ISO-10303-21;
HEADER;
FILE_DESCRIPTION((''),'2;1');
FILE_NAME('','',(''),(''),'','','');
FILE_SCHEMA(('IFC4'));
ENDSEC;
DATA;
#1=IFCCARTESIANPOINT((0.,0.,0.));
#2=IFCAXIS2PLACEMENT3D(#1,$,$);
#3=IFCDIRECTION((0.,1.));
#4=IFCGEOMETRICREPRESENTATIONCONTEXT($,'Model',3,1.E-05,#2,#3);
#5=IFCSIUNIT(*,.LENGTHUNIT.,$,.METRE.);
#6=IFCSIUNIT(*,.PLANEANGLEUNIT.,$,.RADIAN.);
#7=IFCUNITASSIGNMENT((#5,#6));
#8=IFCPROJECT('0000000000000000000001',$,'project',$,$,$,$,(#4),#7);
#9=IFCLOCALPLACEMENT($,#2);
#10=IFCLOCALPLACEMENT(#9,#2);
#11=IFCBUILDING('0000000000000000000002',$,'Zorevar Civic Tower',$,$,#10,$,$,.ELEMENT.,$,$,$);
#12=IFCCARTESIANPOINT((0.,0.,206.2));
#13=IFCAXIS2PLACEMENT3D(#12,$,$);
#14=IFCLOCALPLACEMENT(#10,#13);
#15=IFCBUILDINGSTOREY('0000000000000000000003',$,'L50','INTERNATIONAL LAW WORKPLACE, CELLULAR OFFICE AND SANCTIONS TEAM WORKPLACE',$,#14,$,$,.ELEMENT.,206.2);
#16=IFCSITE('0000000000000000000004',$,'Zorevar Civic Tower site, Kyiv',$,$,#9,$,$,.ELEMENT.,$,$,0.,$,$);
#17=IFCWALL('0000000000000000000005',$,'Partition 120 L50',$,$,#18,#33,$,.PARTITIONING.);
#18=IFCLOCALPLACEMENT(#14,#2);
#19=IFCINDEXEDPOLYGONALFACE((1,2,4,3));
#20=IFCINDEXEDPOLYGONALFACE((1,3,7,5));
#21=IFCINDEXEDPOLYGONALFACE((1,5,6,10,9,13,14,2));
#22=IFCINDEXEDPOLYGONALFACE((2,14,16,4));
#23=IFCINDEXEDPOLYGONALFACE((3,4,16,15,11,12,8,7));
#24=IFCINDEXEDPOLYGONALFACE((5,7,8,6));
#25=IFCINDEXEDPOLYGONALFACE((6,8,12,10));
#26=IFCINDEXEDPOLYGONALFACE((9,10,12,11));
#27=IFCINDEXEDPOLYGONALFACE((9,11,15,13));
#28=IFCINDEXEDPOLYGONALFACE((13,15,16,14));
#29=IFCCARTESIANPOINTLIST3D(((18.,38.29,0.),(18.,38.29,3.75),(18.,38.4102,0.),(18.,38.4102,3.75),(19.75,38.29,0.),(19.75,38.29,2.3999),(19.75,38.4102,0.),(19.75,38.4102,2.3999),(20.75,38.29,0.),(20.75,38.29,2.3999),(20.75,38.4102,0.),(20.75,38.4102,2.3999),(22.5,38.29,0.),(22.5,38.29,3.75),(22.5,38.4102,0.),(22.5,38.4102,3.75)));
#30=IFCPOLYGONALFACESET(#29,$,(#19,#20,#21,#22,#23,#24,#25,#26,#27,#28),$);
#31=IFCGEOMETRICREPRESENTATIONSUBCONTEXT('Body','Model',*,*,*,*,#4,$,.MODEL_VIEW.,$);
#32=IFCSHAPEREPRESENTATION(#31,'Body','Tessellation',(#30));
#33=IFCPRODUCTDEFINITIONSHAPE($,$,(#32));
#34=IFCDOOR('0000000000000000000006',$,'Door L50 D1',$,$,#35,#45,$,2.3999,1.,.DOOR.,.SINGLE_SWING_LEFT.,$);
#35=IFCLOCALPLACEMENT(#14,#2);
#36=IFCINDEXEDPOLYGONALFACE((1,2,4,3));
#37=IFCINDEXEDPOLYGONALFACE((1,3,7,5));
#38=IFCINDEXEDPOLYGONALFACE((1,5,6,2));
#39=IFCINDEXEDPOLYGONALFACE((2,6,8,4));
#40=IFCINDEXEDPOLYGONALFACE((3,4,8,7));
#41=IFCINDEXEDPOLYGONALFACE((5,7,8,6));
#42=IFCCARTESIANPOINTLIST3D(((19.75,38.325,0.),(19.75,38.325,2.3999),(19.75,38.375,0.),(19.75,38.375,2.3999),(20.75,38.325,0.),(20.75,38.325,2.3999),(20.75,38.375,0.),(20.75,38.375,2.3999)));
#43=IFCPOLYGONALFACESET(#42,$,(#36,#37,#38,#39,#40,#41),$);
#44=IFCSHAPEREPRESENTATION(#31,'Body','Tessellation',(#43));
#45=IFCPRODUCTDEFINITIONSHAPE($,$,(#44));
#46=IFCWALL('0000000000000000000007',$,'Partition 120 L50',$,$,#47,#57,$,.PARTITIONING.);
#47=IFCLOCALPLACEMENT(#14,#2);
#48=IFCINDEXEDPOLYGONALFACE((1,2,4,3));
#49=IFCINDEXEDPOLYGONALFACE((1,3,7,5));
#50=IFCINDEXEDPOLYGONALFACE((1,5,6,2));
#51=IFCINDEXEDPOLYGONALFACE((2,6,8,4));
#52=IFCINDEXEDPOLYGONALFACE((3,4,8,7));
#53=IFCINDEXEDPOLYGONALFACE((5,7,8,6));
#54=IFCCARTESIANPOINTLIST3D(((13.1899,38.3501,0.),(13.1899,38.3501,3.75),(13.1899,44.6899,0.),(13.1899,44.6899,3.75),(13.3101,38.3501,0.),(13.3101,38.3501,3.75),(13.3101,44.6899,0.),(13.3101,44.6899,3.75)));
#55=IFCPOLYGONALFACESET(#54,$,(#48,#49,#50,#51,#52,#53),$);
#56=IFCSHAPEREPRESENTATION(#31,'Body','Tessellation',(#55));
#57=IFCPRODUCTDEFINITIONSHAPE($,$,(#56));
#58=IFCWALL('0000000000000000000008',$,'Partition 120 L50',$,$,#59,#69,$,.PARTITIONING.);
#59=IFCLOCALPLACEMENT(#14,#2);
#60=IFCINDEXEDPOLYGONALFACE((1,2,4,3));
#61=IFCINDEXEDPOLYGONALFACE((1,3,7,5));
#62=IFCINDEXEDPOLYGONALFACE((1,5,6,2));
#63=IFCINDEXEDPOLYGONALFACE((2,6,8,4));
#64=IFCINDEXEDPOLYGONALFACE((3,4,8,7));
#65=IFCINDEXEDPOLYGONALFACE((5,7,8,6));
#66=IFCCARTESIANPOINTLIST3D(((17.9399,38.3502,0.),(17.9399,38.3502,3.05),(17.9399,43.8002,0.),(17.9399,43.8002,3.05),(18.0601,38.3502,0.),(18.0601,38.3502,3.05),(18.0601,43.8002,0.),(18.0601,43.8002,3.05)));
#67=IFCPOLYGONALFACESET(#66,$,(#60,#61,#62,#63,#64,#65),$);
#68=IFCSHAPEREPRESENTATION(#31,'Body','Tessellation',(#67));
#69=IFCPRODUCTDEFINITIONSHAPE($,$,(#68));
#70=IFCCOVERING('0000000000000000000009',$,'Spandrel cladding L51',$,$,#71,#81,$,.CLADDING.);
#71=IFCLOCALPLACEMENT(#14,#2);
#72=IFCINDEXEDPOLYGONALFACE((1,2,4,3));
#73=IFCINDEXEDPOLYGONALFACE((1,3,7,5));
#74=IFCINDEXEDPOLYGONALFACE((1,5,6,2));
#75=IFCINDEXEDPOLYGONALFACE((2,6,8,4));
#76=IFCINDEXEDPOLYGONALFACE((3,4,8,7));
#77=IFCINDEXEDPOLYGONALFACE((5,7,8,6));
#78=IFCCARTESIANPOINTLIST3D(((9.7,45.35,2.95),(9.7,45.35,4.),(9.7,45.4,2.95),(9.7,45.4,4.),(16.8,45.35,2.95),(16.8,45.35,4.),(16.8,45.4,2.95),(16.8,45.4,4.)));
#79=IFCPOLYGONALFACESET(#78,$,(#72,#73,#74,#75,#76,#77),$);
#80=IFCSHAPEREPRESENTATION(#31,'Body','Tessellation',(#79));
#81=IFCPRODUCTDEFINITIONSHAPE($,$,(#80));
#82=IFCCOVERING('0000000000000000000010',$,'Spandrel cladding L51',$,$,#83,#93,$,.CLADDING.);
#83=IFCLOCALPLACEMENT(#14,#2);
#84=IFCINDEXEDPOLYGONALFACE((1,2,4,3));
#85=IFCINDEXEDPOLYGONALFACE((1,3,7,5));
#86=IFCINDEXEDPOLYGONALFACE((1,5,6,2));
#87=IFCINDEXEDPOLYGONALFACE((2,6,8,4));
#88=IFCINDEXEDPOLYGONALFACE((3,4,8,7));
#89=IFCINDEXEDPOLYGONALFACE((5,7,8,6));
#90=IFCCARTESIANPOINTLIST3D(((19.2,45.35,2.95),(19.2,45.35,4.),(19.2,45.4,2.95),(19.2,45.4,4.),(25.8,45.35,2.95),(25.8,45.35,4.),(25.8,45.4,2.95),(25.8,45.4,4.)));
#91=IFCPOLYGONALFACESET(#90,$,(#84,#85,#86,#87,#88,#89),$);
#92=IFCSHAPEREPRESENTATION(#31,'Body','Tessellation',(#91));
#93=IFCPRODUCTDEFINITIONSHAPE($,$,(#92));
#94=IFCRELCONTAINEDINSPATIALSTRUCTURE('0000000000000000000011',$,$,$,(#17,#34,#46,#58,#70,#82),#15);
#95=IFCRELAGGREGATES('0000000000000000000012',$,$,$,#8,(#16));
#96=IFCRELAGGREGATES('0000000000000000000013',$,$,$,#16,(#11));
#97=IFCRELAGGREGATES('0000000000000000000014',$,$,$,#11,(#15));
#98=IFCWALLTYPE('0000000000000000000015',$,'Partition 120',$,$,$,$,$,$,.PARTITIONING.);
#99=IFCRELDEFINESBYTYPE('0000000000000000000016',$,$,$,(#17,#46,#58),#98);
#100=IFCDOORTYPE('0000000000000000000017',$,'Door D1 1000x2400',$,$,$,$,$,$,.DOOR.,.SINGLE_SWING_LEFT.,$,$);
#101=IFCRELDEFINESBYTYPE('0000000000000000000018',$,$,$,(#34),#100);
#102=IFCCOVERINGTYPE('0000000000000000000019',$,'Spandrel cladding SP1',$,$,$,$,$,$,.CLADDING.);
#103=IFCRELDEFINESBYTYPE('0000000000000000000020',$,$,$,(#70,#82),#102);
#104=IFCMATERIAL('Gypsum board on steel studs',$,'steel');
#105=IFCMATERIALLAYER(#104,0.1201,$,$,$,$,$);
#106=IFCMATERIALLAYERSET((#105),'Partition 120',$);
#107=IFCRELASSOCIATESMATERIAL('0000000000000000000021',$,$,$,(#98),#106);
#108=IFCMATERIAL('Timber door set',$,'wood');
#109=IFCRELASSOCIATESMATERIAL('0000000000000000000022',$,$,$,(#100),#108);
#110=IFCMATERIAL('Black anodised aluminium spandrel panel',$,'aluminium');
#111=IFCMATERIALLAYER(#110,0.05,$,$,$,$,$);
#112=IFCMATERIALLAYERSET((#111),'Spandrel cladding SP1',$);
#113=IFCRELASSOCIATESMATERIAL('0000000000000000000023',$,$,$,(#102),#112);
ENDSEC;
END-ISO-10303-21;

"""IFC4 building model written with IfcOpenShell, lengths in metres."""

from ifc_helpers import new_model, si_unit, direction, frame, frame_2d, origin, place, context, subcontext, project, spatial, rectangle, extrude, material, layer, layer_set, type_object, element, fill, save


model = new_model("IFC4")

# Units and contexts
model_context = context("Model", 3, precision=1e-05, world=origin(), true_north=direction((0.0, 1.0)))
body_context = subcontext(model_context, "Body", "Model", "MODEL_VIEW")
ifc_project = project(units=[si_unit("LENGTHUNIT", "METRE"), si_unit("PLANEANGLEUNIT", "RADIAN")], contexts=[model_context])

# Site, building, storey
site_placement = place(None, origin())
site = spatial("IfcSite", under=ifc_project, at=site_placement, Name="Zorevar Civic Tower site, Kyiv", CompositionType="ELEMENT", RefElevation=0.0)
building_placement = place(site_placement, origin())
building = spatial("IfcBuilding", under=site, at=building_placement, Name="Zorevar Civic Tower", CompositionType="ELEMENT")
storey_placement = place(building_placement, frame((0.0, 0.0, 206.2)))
storey = spatial("IfcBuildingStorey", under=building, at=storey_placement, Name="L50", Description="INTERNATIONAL LAW WORKPLACE, CELLULAR OFFICE AND SANCTIONS TEAM WORKPLACE", CompositionType="ELEMENT", Elevation=206.2)

# Wall, opening, door
ifc_material_1 = material(Name="Gypsum board on steel studs", Category="steel")
ifc_layer_1 = layer(ifc_material_1, 0.1201)
ifc_layer_set_1 = layer_set([ifc_layer_1], Name="Partition 120")
wall_type_1 = type_object("IfcWallType", Name="Partition 120", PredefinedType="PARTITIONING", material=ifc_layer_set_1)
ifc_material_2 = material(Name="Timber door set", Category="wood")
door_type_1 = type_object("IfcDoorType", Name="Door D1 1000x2400", OperationType="SINGLE_SWING_LEFT", PredefinedType="DOOR", material=ifc_material_2)
wall_1_placement = place(storey_placement, frame((18.0, 38.3501, 0.0), z_axis=(0.0, 0.0, 1.0), x_axis=(1.0, 0.0, 0.0)))
wall_1 = element("IfcWall", 1, at=wall_1_placement, inside=storey, type_object=wall_type_1, Name="Partition 120 L50", PredefinedType="PARTITIONING", context=body_context, shape_type="SweptSolid", body=[
    extrude(rectangle(XDim=4.5, YDim=0.1201, at=frame_2d((2.25, 0.0))), origin(), (0.0, 0.0, 1.0), 3.75),
])
opening_1_placement = place(wall_1_placement, frame((1.75, 0.0, 0.0)))
opening_1 = element("IfcOpeningElement", 2, at=opening_1_placement, cuts=wall_1, PredefinedType="OPENING", context=body_context, shape_type="SweptSolid", body=[
    extrude(rectangle(XDim=1.0, YDim=2.3999, at=frame_2d((0.5, 1.2))), frame((0.0, 0.0701, 0.0), z_axis=(0.0, -1.0, 0.0), x_axis=(1.0, 0.0, 0.0)), (0.0, 0.0, 1.0), 0.1401),
])
door_1_placement = place(opening_1_placement, origin())
door_1 = element("IfcDoor", 3, at=door_1_placement, inside=storey, type_object=door_type_1, Name="Door L50 D1", OperationType="SINGLE_SWING_LEFT", OverallHeight=2.3999, OverallWidth=1.0, PredefinedType="DOOR", context=body_context, shape_type="SweptSolid", body=[
    extrude(rectangle(XDim=1.0, YDim=2.3999, at=frame_2d((0.5, 1.2))), frame((0.0, 0.0249, 0.0), z_axis=(0.0, -1.0, 0.0), x_axis=(1.0, 0.0, 0.0)), (0.0, 0.0, 1.0), 0.05),
])
fill(opening_1, door_1)

# Walls
wall_2_placement = place(storey_placement, frame((13.25, 38.3501, 0.0), z_axis=(0.0, 0.0, 1.0), x_axis=(0.0, 1.0, 0.0)))
element("IfcWall", 4, at=wall_2_placement, inside=storey, type_object=wall_type_1, Name="Partition 120 L50", PredefinedType="PARTITIONING", context=body_context, shape_type="SweptSolid", body=[
    extrude(rectangle(XDim=6.3398, YDim=0.1201, at=frame_2d((3.1699, 0.0))), origin(), (0.0, 0.0, 1.0), 3.75),
])
wall_3_placement = place(storey_placement, frame((18.0, 38.3501, 0.0), z_axis=(0.0, 0.0, 1.0), x_axis=(0.0, 1.0, 0.0)))
element("IfcWall", 5, at=wall_3_placement, inside=storey, type_object=wall_type_1, Name="Partition 120 L50", PredefinedType="PARTITIONING", context=body_context, shape_type="SweptSolid", body=[
    extrude(rectangle(XDim=5.45, YDim=0.1201, at=frame_2d((2.7251, 0.0))), origin(), (0.0, 0.0, 1.0), 3.05),
])

# Coverings
ifc_material_3 = material(Name="Black anodised aluminium spandrel panel", Category="aluminium")
ifc_layer_2 = layer(ifc_material_3, 0.05)
ifc_layer_set_2 = layer_set([ifc_layer_2], Name="Spandrel cladding SP1")
covering_type = type_object("IfcCoveringType", Name="Spandrel cladding SP1", PredefinedType="CLADDING", material=ifc_layer_set_2)
covering_1_placement = place(storey_placement, frame((9.7, 45.375, 2.95), z_axis=(0.0, 0.0, 1.0), x_axis=(1.0, 0.0, 0.0)))
element("IfcCovering", 6, at=covering_1_placement, inside=storey, type_object=covering_type, Name="Spandrel cladding L51", PredefinedType="CLADDING", context=body_context, shape_type="SweptSolid", body=[
    extrude(rectangle(XDim=7.1001, YDim=0.05, at=frame_2d((3.55, 0.0))), origin(), (0.0, 0.0, 1.0), 1.05),
])
covering_2_placement = place(storey_placement, frame((19.2, 45.375, 2.95), z_axis=(0.0, 0.0, 1.0), x_axis=(1.0, 0.0, 0.0)))
element("IfcCovering", 7, at=covering_2_placement, inside=storey, type_object=covering_type, Name="Spandrel cladding L51", PredefinedType="CLADDING", context=body_context, shape_type="SweptSolid", body=[
    extrude(rectangle(XDim=6.6001, YDim=0.05, at=frame_2d((3.3, 0.0))), origin(), (0.0, 0.0, 1.0), 1.05),
])

save(model, "model.ifc")
